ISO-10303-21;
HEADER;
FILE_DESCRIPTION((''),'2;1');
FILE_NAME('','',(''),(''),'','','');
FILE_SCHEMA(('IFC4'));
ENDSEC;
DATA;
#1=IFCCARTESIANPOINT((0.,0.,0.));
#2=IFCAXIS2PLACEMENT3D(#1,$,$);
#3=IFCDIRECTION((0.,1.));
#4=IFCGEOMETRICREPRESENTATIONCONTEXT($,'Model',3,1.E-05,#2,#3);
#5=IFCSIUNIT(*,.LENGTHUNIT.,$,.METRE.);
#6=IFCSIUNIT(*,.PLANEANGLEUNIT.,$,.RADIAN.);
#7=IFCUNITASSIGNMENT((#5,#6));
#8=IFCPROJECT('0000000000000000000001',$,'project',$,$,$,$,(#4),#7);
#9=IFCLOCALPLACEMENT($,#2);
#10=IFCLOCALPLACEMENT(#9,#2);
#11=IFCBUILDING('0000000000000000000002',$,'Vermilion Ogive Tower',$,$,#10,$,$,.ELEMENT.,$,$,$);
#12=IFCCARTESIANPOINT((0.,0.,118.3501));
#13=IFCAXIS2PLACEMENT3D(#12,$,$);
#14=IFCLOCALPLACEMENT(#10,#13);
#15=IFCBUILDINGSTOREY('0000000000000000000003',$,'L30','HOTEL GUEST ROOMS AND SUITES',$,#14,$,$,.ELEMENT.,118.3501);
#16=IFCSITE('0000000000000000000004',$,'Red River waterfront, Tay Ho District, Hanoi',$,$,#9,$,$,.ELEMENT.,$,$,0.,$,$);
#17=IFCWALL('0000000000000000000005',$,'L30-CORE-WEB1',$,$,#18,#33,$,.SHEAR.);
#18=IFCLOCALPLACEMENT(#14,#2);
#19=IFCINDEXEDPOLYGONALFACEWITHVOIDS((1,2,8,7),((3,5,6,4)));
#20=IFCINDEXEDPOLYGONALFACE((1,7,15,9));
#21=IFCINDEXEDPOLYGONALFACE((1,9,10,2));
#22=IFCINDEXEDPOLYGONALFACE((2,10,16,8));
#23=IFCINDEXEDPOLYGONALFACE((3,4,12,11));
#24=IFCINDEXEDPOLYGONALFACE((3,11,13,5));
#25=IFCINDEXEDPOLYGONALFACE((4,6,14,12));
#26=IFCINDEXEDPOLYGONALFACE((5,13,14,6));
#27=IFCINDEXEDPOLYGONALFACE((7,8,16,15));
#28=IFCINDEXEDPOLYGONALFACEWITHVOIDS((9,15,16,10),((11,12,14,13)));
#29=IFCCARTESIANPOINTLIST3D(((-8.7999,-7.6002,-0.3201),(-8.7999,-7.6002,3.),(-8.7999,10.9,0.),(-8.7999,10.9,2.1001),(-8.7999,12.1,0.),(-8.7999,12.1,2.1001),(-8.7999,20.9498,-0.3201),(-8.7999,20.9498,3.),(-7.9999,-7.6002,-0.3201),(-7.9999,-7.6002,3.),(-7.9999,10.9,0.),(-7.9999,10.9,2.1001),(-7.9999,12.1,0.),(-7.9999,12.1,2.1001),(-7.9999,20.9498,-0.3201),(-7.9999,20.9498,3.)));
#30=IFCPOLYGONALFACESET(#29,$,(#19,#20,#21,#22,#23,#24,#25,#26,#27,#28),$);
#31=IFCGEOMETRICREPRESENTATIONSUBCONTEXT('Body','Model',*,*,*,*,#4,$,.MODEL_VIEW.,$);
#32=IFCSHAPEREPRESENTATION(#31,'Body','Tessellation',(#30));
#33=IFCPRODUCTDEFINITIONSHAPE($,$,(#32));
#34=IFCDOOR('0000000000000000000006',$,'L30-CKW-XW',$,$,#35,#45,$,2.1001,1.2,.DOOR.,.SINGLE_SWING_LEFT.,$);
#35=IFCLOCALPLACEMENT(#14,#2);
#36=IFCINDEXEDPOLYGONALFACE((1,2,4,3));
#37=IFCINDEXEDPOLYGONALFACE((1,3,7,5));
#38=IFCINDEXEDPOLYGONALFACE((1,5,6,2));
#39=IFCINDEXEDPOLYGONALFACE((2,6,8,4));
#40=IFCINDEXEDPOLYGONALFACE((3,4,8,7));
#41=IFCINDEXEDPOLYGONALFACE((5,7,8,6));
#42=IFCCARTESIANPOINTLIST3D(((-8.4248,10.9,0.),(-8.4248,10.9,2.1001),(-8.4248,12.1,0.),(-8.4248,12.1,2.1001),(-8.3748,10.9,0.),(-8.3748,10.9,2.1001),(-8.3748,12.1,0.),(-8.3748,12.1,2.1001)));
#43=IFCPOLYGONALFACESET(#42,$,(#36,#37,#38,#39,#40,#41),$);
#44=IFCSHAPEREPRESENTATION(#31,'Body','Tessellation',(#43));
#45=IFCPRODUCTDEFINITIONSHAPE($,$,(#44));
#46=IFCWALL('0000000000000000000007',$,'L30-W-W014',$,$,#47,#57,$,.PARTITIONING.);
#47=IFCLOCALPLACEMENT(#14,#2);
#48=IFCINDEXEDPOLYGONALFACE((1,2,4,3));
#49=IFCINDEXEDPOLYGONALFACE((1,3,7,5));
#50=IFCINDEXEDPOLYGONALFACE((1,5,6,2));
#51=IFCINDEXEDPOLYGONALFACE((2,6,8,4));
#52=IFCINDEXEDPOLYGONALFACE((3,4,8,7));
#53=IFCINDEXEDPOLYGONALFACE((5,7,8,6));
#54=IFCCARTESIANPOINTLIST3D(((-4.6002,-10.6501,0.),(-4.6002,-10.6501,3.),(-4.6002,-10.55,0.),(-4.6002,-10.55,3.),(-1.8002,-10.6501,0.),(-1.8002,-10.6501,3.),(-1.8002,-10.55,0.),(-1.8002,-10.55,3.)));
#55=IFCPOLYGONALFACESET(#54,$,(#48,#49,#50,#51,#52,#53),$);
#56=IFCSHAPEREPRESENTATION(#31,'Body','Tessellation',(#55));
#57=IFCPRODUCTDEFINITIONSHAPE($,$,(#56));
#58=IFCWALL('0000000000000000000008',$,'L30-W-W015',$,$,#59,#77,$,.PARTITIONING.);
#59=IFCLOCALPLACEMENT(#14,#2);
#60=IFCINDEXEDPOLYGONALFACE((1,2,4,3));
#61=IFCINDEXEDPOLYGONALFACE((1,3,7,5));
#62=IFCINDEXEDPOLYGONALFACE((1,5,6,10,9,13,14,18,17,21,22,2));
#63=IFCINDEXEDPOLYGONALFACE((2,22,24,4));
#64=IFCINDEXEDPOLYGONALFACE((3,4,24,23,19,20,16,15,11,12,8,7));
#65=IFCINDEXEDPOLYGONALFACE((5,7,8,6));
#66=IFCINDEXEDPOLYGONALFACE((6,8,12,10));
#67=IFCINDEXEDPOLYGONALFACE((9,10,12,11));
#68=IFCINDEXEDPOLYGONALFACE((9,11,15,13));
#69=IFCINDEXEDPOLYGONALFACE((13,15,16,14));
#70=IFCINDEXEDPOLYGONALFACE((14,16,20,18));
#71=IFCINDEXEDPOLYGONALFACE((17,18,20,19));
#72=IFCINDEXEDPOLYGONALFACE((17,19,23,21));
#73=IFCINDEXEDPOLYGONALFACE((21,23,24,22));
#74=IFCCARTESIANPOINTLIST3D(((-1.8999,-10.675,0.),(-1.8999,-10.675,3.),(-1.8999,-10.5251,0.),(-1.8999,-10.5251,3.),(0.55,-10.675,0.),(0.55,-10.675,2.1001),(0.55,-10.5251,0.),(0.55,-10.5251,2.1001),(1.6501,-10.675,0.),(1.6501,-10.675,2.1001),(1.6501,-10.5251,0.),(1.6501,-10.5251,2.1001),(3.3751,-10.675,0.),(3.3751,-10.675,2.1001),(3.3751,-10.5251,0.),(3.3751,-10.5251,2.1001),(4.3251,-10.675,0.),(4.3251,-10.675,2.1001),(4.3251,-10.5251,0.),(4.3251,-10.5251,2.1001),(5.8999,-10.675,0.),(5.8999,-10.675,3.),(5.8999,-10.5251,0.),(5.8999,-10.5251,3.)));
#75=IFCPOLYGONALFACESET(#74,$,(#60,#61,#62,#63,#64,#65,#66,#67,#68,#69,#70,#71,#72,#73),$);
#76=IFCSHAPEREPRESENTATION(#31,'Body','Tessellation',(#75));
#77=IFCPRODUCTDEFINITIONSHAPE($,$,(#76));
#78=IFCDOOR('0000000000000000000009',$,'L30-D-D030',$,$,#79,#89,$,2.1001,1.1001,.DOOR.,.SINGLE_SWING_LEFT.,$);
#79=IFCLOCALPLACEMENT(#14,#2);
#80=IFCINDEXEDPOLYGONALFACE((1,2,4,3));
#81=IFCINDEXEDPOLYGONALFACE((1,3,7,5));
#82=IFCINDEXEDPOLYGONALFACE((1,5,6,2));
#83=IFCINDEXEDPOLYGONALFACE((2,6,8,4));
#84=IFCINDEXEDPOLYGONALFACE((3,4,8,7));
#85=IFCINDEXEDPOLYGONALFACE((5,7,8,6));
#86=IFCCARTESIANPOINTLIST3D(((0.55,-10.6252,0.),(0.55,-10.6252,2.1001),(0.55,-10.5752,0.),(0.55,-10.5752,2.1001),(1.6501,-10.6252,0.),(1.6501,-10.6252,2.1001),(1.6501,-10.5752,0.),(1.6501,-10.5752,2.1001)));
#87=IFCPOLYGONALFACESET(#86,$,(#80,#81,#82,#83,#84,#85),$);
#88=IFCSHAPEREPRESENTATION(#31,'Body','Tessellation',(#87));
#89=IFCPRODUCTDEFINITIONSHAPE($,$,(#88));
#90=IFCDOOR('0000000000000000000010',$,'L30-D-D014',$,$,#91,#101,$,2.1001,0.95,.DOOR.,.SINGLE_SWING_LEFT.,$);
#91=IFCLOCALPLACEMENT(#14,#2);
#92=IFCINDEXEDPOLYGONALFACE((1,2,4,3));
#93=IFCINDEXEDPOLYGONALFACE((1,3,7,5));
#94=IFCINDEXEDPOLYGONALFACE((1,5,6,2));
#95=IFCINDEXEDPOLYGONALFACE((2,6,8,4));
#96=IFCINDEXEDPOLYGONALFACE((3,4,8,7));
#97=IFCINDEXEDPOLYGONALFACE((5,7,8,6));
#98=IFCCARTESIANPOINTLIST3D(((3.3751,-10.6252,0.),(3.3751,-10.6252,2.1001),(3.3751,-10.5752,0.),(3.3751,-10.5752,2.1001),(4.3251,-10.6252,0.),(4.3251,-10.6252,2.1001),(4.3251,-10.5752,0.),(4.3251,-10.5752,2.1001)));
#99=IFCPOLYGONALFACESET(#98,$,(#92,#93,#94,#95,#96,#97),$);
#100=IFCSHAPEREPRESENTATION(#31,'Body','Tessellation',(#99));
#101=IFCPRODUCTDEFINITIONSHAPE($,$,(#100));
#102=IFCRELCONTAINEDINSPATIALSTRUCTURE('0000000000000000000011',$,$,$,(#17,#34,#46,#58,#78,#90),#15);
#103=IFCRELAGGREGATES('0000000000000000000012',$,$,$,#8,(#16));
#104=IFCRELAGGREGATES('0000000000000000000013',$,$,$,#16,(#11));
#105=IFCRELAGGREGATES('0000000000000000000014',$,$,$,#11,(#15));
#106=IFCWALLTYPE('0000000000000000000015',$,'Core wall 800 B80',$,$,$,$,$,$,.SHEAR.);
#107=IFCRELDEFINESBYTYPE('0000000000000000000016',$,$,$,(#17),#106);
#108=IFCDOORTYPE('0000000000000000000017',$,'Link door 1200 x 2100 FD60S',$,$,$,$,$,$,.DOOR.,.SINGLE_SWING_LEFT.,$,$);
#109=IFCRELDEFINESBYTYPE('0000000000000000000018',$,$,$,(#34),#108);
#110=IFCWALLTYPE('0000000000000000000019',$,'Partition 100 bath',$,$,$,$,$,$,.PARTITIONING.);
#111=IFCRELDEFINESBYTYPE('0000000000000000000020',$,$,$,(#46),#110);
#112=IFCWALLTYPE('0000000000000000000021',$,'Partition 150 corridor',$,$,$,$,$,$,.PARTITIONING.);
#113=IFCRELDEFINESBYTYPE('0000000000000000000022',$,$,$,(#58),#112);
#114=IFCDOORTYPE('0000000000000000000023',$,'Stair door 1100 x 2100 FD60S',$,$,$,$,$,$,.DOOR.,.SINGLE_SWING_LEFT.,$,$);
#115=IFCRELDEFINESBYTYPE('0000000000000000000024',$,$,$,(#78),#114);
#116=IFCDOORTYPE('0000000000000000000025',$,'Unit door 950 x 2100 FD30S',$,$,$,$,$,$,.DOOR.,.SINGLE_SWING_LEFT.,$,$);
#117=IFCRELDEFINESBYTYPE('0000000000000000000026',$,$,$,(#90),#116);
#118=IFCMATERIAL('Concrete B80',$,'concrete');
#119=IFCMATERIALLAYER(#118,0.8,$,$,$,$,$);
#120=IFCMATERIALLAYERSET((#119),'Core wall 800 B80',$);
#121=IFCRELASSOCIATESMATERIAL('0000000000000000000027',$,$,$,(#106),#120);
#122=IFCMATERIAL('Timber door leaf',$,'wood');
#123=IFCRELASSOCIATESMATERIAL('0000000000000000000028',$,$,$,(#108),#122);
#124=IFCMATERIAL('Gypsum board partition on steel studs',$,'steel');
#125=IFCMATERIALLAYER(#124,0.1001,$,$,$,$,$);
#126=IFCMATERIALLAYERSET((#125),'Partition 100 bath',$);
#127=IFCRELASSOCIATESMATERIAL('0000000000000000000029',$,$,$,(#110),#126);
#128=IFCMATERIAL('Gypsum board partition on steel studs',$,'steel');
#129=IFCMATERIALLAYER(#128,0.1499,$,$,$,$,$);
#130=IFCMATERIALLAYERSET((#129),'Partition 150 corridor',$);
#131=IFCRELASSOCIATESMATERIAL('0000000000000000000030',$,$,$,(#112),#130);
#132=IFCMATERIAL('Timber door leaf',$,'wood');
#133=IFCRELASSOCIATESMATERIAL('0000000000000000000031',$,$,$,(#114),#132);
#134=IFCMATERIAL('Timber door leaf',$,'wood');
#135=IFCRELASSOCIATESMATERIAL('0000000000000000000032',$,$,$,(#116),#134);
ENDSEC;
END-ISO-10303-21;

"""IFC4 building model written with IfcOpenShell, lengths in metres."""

from ifc_helpers import new_model, si_unit, direction, frame, frame_2d, origin, place, context, subcontext, project, spatial, rectangle, extrude, material, layer, layer_set, type_object, element, fill, save


model = new_model("IFC4")

# Units and contexts
model_context = context("Model", 3, precision=1e-05, world=origin(), true_north=direction((0.0, 1.0)))
body_context = subcontext(model_context, "Body", "Model", "MODEL_VIEW")
ifc_project = project(units=[si_unit("LENGTHUNIT", "METRE"), si_unit("PLANEANGLEUNIT", "RADIAN")], contexts=[model_context])

# Site, building, storey
site_placement = place(None, origin())
site = spatial("IfcSite", under=ifc_project, at=site_placement, Name="Red River waterfront, Tay Ho District, Hanoi", CompositionType="ELEMENT", RefElevation=0.0)
building_placement = place(site_placement, origin())
building = spatial("IfcBuilding", under=site, at=building_placement, Name="Vermilion Ogive Tower", CompositionType="ELEMENT")
storey_placement = place(building_placement, frame((0.0, 0.0, 118.3501)))
storey = spatial("IfcBuildingStorey", under=building, at=storey_placement, Name="L30", Description="HOTEL GUEST ROOMS AND SUITES", CompositionType="ELEMENT", Elevation=118.3501)

# Wall, opening, door
ifc_material_1 = material(Name="Concrete B80", Category="concrete")
ifc_layer_1 = layer(ifc_material_1, 0.8)
ifc_layer_set_1 = layer_set([ifc_layer_1], Name="Core wall 800 B80")
wall_type_1 = type_object("IfcWallType", Name="Core wall 800 B80", PredefinedType="SHEAR", material=ifc_layer_set_1)
wall_1_placement = place(storey_placement, frame((-8.3999, -7.6001, -0.3201), z_axis=(0.0, 0.0, 1.0), x_axis=(0.0, 1.0, 0.0)))
wall_1 = element("IfcWall", 1, at=wall_1_placement, inside=storey, type_object=wall_type_1, Name="L30-CORE-WEB1", PredefinedType="SHEAR", context=body_context, shape_type="SweptSolid", body=[
    extrude(rectangle(XDim=28.55, YDim=0.8, at=frame_2d((14.2749, 0.0))), origin(), (0.0, 0.0, 1.0), 3.3201),
])
opening_1_placement = place(wall_1_placement, frame((18.5, 0.0, 0.3201)))
opening_1 = element("IfcOpeningElement", 2, at=opening_1_placement, cuts=wall_1, PredefinedType="OPENING", context=body_context, shape_type="SweptSolid", body=[
    extrude(rectangle(XDim=1.2, YDim=2.1001, at=frame_2d((0.6001, 1.05))), frame((0.0, 0.4099, 0.0), z_axis=(0.0, -1.0, 0.0), x_axis=(1.0, 0.0, 0.0)), (0.0, 0.0, 1.0), 0.8201),
])
ifc_material_2 = material(Name="Timber door leaf", Category="wood")
door_type_1 = type_object("IfcDoorType", Name="Link door 1200 x 2100 FD60S", OperationType="SINGLE_SWING_LEFT", PredefinedType="DOOR", material=ifc_material_2)
door_1_placement = place(opening_1_placement, origin())
door_1 = element("IfcDoor", 3, at=door_1_placement, inside=storey, type_object=door_type_1, Name="L30-CKW-XW", OperationType="SINGLE_SWING_LEFT", OverallHeight=2.1001, OverallWidth=1.2, PredefinedType="DOOR", context=body_context, shape_type="SweptSolid", body=[
    extrude(rectangle(XDim=1.2, YDim=2.1001, at=frame_2d((0.6001, 1.05))), frame((0.0, 0.0249, 0.0), z_axis=(0.0, -1.0, 0.0), x_axis=(1.0, 0.0, 0.0)), (0.0, 0.0, 1.0), 0.05),
])
fill(opening_1, door_1)

# Wall
ifc_material_3 = material(Name="Gypsum board partition on steel studs", Category="steel")
ifc_layer_2 = layer(ifc_material_3, 0.1001)
ifc_layer_set_2 = layer_set([ifc_layer_2], Name="Partition 100 bath")
wall_type_2 = type_object("IfcWallType", Name="Partition 100 bath", PredefinedType="PARTITIONING", material=ifc_layer_set_2)
wall_2_placement = place(storey_placement, frame((-4.6001, -10.6001, 0.0), z_axis=(0.0, 0.0, 1.0), x_axis=(1.0, 0.0, 0.0)))
element("IfcWall", 4, at=wall_2_placement, inside=storey, type_object=wall_type_2, Name="L30-W-W014", PredefinedType="PARTITIONING", context=body_context, shape_type="SweptSolid", body=[
    extrude(rectangle(XDim=2.8, YDim=0.1001, at=frame_2d((1.3999, 0.0))), origin(), (0.0, 0.0, 1.0), 3.0),
])

# Wall, openings, doors
ifc_material_4 = material(Name="Gypsum board partition on steel studs", Category="steel")
ifc_layer_3 = layer(ifc_material_4, 0.1499)
ifc_layer_set_3 = layer_set([ifc_layer_3], Name="Partition 150 corridor")
wall_type_3 = type_object("IfcWallType", Name="Partition 150 corridor", PredefinedType="PARTITIONING", material=ifc_layer_set_3)
wall_3_placement = place(storey_placement, frame((-1.8999, -10.6001, 0.0), z_axis=(0.0, 0.0, 1.0), x_axis=(1.0, 0.0, 0.0)))
wall_3 = element("IfcWall", 5, at=wall_3_placement, inside=storey, type_object=wall_type_3, Name="L30-W-W015", PredefinedType="PARTITIONING", context=body_context, shape_type="SweptSolid", body=[
    extrude(rectangle(XDim=7.7998, YDim=0.1499, at=frame_2d((3.8999, 0.0))), origin(), (0.0, 0.0, 1.0), 3.0),
])
opening_2_placement = place(wall_3_placement, frame((5.2749, 0.0, 0.0)))
opening_2 = element("IfcOpeningElement", 6, at=opening_2_placement, cuts=wall_3, PredefinedType="OPENING", context=body_context, shape_type="SweptSolid", body=[
    extrude(rectangle(XDim=0.95, YDim=2.1001, at=frame_2d((0.4751, 1.05))), frame((0.0, 0.085, 0.0), z_axis=(0.0, -1.0, 0.0), x_axis=(1.0, 0.0, 0.0)), (0.0, 0.0, 1.0), 0.1699),
])
opening_3_placement = place(wall_3_placement, frame((2.45, 0.0, 0.0)))
opening_3 = element("IfcOpeningElement", 7, at=opening_3_placement, cuts=wall_3, PredefinedType="OPENING", context=body_context, shape_type="SweptSolid", body=[
    extrude(rectangle(XDim=1.1001, YDim=2.1001, at=frame_2d((0.55, 1.05))), frame((0.0, 0.085, 0.0), z_axis=(0.0, -1.0, 0.0), x_axis=(1.0, 0.0, 0.0)), (0.0, 0.0, 1.0), 0.1699),
])
ifc_material_5 = material(Name="Timber door leaf", Category="wood")
door_type_2 = type_object("IfcDoorType", Name="Stair door 1100 x 2100 FD60S", OperationType="SINGLE_SWING_LEFT", PredefinedType="DOOR", material=ifc_material_5)
door_2_placement = place(opening_3_placement, origin())
door_2 = element("IfcDoor", 8, at=door_2_placement, inside=storey, type_object=door_type_2, Name="L30-D-D030", OperationType="SINGLE_SWING_LEFT", OverallHeight=2.1001, OverallWidth=1.1001, PredefinedType="DOOR", context=body_context, shape_type="SweptSolid", body=[
    extrude(rectangle(XDim=1.1001, YDim=2.1001, at=frame_2d((0.55, 1.05))), frame((0.0, 0.0249, 0.0), z_axis=(0.0, -1.0, 0.0), x_axis=(1.0, 0.0, 0.0)), (0.0, 0.0, 1.0), 0.05),
])
fill(opening_3, door_2)
ifc_material_6 = material(Name="Timber door leaf", Category="wood")
door_type_3 = type_object("IfcDoorType", Name="Unit door 950 x 2100 FD30S", OperationType="SINGLE_SWING_LEFT", PredefinedType="DOOR", material=ifc_material_6)
door_3_placement = place(opening_2_placement, origin())
door_3 = element("IfcDoor", 9, at=door_3_placement, inside=storey, type_object=door_type_3, Name="L30-D-D014", OperationType="SINGLE_SWING_LEFT", OverallHeight=2.1001, OverallWidth=0.95, PredefinedType="DOOR", context=body_context, shape_type="SweptSolid", body=[
    extrude(rectangle(XDim=0.95, YDim=2.1001, at=frame_2d((0.4751, 1.05))), frame((0.0, 0.0249, 0.0), z_axis=(0.0, -1.0, 0.0), x_axis=(1.0, 0.0, 0.0)), (0.0, 0.0, 1.0), 0.05),
])
fill(opening_2, door_3)

save(model, "model.ifc")
